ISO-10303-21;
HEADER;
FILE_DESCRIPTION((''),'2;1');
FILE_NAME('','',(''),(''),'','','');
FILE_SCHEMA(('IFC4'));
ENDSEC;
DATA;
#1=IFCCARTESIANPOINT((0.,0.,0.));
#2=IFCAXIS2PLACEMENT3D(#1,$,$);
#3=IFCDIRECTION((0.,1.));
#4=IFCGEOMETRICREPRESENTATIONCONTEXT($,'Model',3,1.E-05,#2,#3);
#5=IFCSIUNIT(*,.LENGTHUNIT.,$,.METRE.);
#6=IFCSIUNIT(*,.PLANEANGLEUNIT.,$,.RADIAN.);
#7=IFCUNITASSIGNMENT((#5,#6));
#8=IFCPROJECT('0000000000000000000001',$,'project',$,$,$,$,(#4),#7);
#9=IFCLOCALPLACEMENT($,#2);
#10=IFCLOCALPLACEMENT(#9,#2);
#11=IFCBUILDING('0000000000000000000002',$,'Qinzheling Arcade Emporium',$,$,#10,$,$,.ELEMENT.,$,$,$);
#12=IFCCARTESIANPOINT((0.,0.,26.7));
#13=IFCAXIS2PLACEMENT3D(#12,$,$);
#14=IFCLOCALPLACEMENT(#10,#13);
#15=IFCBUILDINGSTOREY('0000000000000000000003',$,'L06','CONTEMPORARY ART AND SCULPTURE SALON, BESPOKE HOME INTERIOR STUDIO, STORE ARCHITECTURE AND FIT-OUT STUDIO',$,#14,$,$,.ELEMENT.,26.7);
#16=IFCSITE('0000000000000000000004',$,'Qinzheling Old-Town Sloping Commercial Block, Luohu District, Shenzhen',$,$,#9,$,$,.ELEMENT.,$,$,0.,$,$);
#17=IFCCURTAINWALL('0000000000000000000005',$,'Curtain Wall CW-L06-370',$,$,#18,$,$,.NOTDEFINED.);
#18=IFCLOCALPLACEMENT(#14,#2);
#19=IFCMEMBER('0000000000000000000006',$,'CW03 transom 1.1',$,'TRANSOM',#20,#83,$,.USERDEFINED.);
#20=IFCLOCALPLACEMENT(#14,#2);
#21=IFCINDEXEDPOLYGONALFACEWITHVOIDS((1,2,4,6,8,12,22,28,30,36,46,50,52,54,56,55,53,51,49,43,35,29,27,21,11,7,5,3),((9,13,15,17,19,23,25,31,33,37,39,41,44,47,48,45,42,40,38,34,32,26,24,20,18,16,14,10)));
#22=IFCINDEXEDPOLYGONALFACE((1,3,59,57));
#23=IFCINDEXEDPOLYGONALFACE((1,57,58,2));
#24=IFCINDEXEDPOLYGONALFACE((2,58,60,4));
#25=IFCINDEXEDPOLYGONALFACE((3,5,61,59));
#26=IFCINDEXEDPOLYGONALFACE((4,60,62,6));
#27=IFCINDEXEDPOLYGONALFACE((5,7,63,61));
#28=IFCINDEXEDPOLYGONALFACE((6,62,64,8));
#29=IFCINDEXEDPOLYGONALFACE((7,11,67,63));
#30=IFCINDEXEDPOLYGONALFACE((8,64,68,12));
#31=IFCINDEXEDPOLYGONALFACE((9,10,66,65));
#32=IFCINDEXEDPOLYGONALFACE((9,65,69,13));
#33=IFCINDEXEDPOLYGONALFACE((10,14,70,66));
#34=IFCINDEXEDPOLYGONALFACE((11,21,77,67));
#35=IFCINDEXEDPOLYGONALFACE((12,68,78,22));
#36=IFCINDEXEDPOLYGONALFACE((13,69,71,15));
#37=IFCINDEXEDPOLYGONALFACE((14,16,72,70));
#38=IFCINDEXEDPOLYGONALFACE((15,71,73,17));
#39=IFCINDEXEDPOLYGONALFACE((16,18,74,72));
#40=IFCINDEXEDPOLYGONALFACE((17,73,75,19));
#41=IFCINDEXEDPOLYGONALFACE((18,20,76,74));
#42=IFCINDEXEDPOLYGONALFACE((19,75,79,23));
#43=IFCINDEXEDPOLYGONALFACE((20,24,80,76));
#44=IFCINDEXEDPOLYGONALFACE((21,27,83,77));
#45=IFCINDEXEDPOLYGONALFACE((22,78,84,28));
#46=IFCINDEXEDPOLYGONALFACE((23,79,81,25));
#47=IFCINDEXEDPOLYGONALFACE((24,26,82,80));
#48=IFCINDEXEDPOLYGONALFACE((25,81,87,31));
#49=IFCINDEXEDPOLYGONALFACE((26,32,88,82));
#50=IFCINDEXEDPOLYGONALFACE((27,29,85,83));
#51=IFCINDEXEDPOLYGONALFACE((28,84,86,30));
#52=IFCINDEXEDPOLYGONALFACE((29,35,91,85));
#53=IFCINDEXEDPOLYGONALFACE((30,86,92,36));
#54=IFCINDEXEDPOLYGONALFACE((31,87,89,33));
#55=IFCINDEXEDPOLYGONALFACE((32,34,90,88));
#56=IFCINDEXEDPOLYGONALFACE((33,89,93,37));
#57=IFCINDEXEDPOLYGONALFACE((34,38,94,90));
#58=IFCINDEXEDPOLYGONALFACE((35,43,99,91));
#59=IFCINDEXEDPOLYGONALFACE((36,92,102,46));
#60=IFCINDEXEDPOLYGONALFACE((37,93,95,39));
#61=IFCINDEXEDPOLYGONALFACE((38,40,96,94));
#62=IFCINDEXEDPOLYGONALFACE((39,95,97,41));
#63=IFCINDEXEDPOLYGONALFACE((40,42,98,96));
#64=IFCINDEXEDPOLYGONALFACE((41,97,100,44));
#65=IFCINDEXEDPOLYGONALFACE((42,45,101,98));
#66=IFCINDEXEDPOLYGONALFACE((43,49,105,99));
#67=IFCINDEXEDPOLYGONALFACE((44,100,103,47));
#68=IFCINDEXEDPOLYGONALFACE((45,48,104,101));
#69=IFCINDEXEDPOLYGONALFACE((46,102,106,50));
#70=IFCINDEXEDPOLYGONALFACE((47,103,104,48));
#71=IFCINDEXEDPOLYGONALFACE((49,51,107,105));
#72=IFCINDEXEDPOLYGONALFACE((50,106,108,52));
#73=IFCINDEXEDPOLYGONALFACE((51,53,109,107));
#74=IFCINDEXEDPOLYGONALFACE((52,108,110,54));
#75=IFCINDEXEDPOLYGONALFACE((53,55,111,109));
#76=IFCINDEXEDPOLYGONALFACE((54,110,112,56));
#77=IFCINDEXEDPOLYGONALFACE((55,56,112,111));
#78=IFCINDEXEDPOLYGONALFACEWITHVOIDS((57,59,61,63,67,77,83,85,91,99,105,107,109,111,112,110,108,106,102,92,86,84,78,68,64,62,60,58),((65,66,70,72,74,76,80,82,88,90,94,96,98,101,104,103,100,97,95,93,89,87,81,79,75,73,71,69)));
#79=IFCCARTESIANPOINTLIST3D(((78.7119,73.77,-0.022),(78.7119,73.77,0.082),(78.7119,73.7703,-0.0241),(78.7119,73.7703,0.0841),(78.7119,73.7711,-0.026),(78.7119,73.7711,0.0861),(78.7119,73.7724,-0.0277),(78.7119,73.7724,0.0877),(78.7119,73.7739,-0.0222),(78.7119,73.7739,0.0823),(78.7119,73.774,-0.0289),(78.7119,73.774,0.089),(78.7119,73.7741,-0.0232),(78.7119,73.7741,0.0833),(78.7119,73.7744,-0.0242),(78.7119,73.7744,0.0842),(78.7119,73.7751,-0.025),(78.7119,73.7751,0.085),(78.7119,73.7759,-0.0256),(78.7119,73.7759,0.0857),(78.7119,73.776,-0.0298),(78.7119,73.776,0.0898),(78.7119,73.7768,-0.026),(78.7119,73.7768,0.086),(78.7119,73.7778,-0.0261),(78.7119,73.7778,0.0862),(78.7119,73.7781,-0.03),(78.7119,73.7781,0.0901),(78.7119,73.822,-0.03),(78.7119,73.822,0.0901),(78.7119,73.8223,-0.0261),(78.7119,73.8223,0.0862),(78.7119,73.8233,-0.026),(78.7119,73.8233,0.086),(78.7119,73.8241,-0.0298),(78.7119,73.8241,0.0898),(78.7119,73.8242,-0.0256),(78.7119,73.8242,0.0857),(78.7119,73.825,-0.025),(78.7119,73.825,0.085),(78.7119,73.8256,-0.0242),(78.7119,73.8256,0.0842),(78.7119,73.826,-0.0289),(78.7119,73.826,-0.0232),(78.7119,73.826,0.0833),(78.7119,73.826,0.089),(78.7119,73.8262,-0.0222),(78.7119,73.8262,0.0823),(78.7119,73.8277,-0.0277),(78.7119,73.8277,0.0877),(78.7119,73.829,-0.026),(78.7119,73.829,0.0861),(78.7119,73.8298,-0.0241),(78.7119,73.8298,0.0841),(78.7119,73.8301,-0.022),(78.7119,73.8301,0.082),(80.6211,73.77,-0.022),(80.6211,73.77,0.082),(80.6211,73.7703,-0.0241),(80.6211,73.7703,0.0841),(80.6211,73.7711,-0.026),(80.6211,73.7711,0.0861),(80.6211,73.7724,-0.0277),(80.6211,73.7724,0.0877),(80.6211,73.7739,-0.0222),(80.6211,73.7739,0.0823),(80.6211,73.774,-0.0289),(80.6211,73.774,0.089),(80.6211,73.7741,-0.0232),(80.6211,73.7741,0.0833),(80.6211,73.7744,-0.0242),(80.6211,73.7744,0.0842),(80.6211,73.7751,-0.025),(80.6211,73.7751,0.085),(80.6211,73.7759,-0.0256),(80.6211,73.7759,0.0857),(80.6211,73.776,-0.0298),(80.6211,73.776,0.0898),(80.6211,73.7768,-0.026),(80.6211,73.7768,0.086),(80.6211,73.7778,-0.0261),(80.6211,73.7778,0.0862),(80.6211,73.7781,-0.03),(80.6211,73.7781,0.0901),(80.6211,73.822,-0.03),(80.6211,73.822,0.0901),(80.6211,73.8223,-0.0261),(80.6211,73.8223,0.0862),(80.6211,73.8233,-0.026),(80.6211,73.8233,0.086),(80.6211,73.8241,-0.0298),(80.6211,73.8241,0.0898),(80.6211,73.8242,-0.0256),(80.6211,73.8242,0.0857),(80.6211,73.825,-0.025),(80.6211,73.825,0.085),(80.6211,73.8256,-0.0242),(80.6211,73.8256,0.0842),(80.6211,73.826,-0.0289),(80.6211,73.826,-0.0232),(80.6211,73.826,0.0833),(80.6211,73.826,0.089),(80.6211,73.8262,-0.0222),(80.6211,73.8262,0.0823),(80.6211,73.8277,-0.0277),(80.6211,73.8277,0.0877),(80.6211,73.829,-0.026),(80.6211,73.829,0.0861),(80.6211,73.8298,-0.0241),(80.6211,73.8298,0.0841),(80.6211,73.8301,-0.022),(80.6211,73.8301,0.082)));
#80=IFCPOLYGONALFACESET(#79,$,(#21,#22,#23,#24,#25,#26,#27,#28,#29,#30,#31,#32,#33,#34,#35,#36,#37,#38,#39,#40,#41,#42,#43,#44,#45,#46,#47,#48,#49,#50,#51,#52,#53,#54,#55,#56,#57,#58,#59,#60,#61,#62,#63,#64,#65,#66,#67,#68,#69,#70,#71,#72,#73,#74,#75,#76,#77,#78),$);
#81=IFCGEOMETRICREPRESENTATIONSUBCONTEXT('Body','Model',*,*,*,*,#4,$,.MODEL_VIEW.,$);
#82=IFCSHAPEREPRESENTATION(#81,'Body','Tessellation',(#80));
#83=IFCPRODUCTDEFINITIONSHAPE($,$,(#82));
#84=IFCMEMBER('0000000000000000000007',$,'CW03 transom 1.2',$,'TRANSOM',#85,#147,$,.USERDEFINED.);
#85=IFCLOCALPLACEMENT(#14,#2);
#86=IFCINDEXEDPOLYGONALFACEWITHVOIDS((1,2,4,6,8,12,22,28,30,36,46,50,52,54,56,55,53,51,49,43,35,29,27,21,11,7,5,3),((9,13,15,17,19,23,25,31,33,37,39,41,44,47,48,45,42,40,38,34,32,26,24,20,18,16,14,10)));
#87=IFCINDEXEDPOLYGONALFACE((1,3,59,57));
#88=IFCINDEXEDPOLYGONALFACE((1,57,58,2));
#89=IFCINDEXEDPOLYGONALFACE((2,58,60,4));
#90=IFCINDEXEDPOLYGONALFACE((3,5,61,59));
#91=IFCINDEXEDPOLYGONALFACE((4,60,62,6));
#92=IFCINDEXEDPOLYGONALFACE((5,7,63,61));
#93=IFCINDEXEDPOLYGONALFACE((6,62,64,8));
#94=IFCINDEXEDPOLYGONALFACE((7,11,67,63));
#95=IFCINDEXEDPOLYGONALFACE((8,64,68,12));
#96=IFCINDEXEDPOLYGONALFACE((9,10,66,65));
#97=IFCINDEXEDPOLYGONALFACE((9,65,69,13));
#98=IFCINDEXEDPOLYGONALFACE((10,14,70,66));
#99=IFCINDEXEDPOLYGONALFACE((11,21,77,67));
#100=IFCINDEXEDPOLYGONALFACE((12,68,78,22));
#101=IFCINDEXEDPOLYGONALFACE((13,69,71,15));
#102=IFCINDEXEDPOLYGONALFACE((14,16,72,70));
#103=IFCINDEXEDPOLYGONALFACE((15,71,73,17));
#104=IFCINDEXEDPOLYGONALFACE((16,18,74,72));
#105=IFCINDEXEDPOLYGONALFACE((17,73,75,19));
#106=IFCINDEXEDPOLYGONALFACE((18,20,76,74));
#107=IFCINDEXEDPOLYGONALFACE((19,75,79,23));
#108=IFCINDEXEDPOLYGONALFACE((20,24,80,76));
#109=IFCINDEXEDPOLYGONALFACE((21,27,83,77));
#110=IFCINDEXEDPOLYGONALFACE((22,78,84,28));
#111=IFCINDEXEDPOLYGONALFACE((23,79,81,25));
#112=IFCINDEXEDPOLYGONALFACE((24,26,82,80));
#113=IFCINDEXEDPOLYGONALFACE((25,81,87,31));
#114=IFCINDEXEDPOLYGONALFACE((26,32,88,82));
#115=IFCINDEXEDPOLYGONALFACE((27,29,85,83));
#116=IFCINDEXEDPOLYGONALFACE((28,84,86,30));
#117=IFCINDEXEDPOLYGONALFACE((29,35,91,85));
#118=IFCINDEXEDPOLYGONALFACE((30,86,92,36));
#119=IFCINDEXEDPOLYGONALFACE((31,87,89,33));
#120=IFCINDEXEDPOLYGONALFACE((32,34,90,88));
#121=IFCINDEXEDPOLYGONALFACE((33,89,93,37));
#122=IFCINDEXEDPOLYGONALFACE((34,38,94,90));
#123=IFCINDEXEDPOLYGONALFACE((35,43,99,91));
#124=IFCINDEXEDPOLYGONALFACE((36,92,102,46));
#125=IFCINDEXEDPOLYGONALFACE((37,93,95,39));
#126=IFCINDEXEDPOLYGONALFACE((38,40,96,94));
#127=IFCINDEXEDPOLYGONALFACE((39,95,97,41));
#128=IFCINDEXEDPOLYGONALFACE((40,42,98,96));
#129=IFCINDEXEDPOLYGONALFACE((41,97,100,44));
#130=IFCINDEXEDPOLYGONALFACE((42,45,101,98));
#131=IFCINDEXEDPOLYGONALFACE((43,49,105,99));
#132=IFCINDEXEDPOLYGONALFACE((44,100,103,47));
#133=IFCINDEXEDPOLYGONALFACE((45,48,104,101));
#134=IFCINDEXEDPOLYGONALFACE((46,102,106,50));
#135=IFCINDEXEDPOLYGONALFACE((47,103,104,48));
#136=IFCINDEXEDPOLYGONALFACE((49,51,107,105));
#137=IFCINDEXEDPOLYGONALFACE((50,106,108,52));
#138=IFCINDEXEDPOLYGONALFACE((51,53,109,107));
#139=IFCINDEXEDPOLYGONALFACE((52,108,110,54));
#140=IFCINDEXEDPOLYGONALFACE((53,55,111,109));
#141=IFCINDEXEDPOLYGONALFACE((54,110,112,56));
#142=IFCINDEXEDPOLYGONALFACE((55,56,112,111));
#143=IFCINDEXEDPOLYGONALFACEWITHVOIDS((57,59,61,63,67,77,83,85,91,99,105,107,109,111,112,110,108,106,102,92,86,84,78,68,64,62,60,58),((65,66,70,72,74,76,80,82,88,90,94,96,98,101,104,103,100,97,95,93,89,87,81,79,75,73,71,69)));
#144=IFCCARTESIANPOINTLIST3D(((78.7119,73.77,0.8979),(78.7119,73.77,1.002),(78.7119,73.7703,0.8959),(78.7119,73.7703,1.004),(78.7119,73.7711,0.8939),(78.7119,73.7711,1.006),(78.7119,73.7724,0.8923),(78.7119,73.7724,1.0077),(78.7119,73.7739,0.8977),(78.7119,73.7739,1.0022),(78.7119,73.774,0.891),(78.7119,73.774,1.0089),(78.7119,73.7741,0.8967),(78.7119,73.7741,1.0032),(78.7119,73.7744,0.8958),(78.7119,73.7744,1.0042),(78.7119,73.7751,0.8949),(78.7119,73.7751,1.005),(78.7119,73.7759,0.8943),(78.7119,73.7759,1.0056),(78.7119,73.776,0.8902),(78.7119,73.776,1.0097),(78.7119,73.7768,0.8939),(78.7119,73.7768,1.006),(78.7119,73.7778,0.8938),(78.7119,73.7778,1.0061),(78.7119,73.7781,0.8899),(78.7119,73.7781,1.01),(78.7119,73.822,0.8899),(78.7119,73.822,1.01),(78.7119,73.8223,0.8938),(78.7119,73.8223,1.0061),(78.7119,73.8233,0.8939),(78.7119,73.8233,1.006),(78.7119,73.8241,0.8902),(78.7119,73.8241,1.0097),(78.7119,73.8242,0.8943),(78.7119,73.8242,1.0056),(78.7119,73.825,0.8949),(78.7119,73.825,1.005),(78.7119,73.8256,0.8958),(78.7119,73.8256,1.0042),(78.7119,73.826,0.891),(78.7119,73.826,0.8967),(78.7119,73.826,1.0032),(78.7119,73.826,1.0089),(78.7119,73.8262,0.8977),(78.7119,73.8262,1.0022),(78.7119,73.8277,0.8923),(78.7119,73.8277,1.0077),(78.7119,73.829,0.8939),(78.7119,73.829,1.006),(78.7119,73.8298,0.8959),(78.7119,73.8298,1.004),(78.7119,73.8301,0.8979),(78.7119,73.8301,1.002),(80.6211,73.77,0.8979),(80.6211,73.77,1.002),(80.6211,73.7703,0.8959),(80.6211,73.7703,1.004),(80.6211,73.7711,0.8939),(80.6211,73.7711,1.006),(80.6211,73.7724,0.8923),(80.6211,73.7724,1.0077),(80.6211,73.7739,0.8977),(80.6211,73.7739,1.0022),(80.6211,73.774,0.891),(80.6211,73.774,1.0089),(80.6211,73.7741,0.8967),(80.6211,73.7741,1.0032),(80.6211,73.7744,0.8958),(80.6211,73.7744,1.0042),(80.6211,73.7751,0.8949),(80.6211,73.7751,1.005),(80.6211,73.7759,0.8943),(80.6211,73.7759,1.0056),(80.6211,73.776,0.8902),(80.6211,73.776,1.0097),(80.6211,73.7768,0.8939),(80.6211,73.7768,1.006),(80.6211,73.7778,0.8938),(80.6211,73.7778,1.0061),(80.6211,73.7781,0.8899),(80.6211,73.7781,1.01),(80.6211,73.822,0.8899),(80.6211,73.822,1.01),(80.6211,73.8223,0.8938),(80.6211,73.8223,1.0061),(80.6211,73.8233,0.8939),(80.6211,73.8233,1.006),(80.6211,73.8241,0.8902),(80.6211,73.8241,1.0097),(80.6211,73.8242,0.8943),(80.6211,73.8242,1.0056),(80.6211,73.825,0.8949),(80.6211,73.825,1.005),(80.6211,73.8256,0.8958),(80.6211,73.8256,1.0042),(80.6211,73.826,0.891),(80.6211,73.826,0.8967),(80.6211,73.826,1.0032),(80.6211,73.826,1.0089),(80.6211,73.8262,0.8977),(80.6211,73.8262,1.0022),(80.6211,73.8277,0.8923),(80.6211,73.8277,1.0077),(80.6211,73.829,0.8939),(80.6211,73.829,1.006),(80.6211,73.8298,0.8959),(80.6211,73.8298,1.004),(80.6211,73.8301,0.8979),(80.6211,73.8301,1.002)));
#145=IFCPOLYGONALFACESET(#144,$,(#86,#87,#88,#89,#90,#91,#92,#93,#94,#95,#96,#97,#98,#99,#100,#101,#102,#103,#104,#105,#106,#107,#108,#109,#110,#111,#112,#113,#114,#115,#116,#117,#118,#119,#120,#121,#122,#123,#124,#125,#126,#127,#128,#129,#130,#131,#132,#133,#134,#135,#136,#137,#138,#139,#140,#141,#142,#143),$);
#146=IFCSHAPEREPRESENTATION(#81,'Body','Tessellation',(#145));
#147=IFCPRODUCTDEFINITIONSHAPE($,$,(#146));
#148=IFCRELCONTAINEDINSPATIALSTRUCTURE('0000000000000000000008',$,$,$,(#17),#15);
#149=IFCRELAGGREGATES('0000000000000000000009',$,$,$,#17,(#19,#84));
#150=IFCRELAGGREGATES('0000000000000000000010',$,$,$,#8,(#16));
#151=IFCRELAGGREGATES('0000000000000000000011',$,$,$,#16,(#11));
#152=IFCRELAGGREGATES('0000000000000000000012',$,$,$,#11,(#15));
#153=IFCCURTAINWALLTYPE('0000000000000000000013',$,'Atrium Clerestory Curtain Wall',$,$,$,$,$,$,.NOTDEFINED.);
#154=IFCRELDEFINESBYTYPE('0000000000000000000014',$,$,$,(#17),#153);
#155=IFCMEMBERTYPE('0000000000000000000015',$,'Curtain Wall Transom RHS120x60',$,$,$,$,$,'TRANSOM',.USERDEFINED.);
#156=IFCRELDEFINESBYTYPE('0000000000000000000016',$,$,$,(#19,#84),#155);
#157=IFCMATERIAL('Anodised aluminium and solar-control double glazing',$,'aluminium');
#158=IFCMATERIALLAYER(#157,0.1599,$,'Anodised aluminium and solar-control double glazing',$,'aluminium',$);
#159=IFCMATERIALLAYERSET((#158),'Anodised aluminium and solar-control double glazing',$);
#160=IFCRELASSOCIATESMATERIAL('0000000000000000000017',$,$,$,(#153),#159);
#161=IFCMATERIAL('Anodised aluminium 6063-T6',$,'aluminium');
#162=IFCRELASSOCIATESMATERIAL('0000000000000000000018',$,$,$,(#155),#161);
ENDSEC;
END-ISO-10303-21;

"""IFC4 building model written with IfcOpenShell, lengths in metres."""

from ifc_helpers import new_model, si_unit, direction, frame, origin, origin_2d, place, context, subcontext, project, spatial, hollow_rectangle, extrude, material, layer, layer_set, material_profile, profile_set, type_object, element, aggregate, save


model = new_model("IFC4")

# Units and contexts
model_context = context("Model", 3, precision=1e-05, world=origin(), true_north=direction((0.0, 1.0)))
body_context = subcontext(model_context, "Body", "Model", "MODEL_VIEW")
ifc_project = project(units=[si_unit("LENGTHUNIT", "METRE"), si_unit("PLANEANGLEUNIT", "RADIAN")], contexts=[model_context])

# Site, building, storey
site_placement = place(None, origin())
site = spatial("IfcSite", under=ifc_project, at=site_placement, Name="Qinzheling Old-Town Sloping Commercial Block, Luohu District, Shenzhen", CompositionType="ELEMENT", RefElevation=0.0)
building_placement = place(site_placement, origin())
building = spatial("IfcBuilding", under=site, at=building_placement, Name="Qinzheling Arcade Emporium", CompositionType="ELEMENT")
storey_placement = place(building_placement, frame((0.0, 0.0, 26.7)))
storey = spatial("IfcBuildingStorey", under=building, at=storey_placement, Name="L06", Description="CONTEMPORARY ART AND SCULPTURE SALON, BESPOKE HOME INTERIOR STUDIO, STORE ARCHITECTURE AND FIT-OUT STUDIO", CompositionType="ELEMENT", Elevation=26.7)

# Curtain wall, members
ifc_material_1 = material(Name="Anodised aluminium and solar-control double glazing", Category="aluminium")
ifc_layer_1 = layer(ifc_material_1, 0.1599, Name="Anodised aluminium and solar-control double glazing", Category="aluminium")
ifc_layer_set_1 = layer_set([ifc_layer_1], Name="Anodised aluminium and solar-control double glazing")
curtain_wall_type = type_object("IfcCurtainWallType", Name="Atrium Clerestory Curtain Wall", PredefinedType="NOTDEFINED", material=ifc_layer_set_1)
curtain_wall_placement = place(storey_placement, origin())
curtain_wall = element("IfcCurtainWall", 1, at=curtain_wall_placement, inside=storey, type_object=curtain_wall_type, Name="Curtain Wall CW-L06-370", PredefinedType="NOTDEFINED")
ifc_material_2 = material(Name="Anodised aluminium 6063-T6", Category="aluminium")
ifc_material_profile_1 = material_profile(ifc_material_2, hollow_rectangle(XDim=0.0601, YDim=0.1201, WallThickness=0.0039, InnerFilletRadius=0.0039, OuterFilletRadius=0.0081, at=origin_2d()), Name="RHS 120x60x4", Category="aluminium")
ifc_profile_set_1 = profile_set([ifc_material_profile_1], Name="Anodised aluminium 6063-T6")
member_type_1 = type_object("IfcMemberType", Name="Curtain Wall Transom RHS120x60", ElementType="TRANSOM", PredefinedType="USERDEFINED", material=ifc_profile_set_1)
member_1_placement = place(storey_placement, frame((78.7119, 73.8, 0.03), z_axis=(1.0, 0.0, 0.0), x_axis=(0.0, 1.0, 0.0)))
member_1 = element("IfcMember", 2, at=member_1_placement, type_object=member_type_1, Name="CW03 transom 1.1", ObjectType="TRANSOM", PredefinedType="USERDEFINED", context=body_context, shape_type="SweptSolid", body=[
    extrude(hollow_rectangle(XDim=0.0601, YDim=0.1201, WallThickness=0.0039, InnerFilletRadius=0.0039, OuterFilletRadius=0.0081, at=origin_2d()), origin(), (0.0, 0.0, 1.0), 1.9092),
])
member_2_placement = place(storey_placement, frame((78.7119, 73.8, 0.95), z_axis=(1.0, 0.0, 0.0), x_axis=(0.0, 1.0, 0.0)))
member_2 = element("IfcMember", 3, at=member_2_placement, type_object=member_type_1, Name="CW03 transom 1.2", ObjectType="TRANSOM", PredefinedType="USERDEFINED", context=body_context, shape_type="SweptSolid", body=[
    extrude(hollow_rectangle(XDim=0.0601, YDim=0.1201, WallThickness=0.0039, InnerFilletRadius=0.0039, OuterFilletRadius=0.0081, at=origin_2d()), origin(), (0.0, 0.0, 1.0), 1.9092),
])

aggregate(curtain_wall, [member_1, member_2])

save(model, "model.ifc")
